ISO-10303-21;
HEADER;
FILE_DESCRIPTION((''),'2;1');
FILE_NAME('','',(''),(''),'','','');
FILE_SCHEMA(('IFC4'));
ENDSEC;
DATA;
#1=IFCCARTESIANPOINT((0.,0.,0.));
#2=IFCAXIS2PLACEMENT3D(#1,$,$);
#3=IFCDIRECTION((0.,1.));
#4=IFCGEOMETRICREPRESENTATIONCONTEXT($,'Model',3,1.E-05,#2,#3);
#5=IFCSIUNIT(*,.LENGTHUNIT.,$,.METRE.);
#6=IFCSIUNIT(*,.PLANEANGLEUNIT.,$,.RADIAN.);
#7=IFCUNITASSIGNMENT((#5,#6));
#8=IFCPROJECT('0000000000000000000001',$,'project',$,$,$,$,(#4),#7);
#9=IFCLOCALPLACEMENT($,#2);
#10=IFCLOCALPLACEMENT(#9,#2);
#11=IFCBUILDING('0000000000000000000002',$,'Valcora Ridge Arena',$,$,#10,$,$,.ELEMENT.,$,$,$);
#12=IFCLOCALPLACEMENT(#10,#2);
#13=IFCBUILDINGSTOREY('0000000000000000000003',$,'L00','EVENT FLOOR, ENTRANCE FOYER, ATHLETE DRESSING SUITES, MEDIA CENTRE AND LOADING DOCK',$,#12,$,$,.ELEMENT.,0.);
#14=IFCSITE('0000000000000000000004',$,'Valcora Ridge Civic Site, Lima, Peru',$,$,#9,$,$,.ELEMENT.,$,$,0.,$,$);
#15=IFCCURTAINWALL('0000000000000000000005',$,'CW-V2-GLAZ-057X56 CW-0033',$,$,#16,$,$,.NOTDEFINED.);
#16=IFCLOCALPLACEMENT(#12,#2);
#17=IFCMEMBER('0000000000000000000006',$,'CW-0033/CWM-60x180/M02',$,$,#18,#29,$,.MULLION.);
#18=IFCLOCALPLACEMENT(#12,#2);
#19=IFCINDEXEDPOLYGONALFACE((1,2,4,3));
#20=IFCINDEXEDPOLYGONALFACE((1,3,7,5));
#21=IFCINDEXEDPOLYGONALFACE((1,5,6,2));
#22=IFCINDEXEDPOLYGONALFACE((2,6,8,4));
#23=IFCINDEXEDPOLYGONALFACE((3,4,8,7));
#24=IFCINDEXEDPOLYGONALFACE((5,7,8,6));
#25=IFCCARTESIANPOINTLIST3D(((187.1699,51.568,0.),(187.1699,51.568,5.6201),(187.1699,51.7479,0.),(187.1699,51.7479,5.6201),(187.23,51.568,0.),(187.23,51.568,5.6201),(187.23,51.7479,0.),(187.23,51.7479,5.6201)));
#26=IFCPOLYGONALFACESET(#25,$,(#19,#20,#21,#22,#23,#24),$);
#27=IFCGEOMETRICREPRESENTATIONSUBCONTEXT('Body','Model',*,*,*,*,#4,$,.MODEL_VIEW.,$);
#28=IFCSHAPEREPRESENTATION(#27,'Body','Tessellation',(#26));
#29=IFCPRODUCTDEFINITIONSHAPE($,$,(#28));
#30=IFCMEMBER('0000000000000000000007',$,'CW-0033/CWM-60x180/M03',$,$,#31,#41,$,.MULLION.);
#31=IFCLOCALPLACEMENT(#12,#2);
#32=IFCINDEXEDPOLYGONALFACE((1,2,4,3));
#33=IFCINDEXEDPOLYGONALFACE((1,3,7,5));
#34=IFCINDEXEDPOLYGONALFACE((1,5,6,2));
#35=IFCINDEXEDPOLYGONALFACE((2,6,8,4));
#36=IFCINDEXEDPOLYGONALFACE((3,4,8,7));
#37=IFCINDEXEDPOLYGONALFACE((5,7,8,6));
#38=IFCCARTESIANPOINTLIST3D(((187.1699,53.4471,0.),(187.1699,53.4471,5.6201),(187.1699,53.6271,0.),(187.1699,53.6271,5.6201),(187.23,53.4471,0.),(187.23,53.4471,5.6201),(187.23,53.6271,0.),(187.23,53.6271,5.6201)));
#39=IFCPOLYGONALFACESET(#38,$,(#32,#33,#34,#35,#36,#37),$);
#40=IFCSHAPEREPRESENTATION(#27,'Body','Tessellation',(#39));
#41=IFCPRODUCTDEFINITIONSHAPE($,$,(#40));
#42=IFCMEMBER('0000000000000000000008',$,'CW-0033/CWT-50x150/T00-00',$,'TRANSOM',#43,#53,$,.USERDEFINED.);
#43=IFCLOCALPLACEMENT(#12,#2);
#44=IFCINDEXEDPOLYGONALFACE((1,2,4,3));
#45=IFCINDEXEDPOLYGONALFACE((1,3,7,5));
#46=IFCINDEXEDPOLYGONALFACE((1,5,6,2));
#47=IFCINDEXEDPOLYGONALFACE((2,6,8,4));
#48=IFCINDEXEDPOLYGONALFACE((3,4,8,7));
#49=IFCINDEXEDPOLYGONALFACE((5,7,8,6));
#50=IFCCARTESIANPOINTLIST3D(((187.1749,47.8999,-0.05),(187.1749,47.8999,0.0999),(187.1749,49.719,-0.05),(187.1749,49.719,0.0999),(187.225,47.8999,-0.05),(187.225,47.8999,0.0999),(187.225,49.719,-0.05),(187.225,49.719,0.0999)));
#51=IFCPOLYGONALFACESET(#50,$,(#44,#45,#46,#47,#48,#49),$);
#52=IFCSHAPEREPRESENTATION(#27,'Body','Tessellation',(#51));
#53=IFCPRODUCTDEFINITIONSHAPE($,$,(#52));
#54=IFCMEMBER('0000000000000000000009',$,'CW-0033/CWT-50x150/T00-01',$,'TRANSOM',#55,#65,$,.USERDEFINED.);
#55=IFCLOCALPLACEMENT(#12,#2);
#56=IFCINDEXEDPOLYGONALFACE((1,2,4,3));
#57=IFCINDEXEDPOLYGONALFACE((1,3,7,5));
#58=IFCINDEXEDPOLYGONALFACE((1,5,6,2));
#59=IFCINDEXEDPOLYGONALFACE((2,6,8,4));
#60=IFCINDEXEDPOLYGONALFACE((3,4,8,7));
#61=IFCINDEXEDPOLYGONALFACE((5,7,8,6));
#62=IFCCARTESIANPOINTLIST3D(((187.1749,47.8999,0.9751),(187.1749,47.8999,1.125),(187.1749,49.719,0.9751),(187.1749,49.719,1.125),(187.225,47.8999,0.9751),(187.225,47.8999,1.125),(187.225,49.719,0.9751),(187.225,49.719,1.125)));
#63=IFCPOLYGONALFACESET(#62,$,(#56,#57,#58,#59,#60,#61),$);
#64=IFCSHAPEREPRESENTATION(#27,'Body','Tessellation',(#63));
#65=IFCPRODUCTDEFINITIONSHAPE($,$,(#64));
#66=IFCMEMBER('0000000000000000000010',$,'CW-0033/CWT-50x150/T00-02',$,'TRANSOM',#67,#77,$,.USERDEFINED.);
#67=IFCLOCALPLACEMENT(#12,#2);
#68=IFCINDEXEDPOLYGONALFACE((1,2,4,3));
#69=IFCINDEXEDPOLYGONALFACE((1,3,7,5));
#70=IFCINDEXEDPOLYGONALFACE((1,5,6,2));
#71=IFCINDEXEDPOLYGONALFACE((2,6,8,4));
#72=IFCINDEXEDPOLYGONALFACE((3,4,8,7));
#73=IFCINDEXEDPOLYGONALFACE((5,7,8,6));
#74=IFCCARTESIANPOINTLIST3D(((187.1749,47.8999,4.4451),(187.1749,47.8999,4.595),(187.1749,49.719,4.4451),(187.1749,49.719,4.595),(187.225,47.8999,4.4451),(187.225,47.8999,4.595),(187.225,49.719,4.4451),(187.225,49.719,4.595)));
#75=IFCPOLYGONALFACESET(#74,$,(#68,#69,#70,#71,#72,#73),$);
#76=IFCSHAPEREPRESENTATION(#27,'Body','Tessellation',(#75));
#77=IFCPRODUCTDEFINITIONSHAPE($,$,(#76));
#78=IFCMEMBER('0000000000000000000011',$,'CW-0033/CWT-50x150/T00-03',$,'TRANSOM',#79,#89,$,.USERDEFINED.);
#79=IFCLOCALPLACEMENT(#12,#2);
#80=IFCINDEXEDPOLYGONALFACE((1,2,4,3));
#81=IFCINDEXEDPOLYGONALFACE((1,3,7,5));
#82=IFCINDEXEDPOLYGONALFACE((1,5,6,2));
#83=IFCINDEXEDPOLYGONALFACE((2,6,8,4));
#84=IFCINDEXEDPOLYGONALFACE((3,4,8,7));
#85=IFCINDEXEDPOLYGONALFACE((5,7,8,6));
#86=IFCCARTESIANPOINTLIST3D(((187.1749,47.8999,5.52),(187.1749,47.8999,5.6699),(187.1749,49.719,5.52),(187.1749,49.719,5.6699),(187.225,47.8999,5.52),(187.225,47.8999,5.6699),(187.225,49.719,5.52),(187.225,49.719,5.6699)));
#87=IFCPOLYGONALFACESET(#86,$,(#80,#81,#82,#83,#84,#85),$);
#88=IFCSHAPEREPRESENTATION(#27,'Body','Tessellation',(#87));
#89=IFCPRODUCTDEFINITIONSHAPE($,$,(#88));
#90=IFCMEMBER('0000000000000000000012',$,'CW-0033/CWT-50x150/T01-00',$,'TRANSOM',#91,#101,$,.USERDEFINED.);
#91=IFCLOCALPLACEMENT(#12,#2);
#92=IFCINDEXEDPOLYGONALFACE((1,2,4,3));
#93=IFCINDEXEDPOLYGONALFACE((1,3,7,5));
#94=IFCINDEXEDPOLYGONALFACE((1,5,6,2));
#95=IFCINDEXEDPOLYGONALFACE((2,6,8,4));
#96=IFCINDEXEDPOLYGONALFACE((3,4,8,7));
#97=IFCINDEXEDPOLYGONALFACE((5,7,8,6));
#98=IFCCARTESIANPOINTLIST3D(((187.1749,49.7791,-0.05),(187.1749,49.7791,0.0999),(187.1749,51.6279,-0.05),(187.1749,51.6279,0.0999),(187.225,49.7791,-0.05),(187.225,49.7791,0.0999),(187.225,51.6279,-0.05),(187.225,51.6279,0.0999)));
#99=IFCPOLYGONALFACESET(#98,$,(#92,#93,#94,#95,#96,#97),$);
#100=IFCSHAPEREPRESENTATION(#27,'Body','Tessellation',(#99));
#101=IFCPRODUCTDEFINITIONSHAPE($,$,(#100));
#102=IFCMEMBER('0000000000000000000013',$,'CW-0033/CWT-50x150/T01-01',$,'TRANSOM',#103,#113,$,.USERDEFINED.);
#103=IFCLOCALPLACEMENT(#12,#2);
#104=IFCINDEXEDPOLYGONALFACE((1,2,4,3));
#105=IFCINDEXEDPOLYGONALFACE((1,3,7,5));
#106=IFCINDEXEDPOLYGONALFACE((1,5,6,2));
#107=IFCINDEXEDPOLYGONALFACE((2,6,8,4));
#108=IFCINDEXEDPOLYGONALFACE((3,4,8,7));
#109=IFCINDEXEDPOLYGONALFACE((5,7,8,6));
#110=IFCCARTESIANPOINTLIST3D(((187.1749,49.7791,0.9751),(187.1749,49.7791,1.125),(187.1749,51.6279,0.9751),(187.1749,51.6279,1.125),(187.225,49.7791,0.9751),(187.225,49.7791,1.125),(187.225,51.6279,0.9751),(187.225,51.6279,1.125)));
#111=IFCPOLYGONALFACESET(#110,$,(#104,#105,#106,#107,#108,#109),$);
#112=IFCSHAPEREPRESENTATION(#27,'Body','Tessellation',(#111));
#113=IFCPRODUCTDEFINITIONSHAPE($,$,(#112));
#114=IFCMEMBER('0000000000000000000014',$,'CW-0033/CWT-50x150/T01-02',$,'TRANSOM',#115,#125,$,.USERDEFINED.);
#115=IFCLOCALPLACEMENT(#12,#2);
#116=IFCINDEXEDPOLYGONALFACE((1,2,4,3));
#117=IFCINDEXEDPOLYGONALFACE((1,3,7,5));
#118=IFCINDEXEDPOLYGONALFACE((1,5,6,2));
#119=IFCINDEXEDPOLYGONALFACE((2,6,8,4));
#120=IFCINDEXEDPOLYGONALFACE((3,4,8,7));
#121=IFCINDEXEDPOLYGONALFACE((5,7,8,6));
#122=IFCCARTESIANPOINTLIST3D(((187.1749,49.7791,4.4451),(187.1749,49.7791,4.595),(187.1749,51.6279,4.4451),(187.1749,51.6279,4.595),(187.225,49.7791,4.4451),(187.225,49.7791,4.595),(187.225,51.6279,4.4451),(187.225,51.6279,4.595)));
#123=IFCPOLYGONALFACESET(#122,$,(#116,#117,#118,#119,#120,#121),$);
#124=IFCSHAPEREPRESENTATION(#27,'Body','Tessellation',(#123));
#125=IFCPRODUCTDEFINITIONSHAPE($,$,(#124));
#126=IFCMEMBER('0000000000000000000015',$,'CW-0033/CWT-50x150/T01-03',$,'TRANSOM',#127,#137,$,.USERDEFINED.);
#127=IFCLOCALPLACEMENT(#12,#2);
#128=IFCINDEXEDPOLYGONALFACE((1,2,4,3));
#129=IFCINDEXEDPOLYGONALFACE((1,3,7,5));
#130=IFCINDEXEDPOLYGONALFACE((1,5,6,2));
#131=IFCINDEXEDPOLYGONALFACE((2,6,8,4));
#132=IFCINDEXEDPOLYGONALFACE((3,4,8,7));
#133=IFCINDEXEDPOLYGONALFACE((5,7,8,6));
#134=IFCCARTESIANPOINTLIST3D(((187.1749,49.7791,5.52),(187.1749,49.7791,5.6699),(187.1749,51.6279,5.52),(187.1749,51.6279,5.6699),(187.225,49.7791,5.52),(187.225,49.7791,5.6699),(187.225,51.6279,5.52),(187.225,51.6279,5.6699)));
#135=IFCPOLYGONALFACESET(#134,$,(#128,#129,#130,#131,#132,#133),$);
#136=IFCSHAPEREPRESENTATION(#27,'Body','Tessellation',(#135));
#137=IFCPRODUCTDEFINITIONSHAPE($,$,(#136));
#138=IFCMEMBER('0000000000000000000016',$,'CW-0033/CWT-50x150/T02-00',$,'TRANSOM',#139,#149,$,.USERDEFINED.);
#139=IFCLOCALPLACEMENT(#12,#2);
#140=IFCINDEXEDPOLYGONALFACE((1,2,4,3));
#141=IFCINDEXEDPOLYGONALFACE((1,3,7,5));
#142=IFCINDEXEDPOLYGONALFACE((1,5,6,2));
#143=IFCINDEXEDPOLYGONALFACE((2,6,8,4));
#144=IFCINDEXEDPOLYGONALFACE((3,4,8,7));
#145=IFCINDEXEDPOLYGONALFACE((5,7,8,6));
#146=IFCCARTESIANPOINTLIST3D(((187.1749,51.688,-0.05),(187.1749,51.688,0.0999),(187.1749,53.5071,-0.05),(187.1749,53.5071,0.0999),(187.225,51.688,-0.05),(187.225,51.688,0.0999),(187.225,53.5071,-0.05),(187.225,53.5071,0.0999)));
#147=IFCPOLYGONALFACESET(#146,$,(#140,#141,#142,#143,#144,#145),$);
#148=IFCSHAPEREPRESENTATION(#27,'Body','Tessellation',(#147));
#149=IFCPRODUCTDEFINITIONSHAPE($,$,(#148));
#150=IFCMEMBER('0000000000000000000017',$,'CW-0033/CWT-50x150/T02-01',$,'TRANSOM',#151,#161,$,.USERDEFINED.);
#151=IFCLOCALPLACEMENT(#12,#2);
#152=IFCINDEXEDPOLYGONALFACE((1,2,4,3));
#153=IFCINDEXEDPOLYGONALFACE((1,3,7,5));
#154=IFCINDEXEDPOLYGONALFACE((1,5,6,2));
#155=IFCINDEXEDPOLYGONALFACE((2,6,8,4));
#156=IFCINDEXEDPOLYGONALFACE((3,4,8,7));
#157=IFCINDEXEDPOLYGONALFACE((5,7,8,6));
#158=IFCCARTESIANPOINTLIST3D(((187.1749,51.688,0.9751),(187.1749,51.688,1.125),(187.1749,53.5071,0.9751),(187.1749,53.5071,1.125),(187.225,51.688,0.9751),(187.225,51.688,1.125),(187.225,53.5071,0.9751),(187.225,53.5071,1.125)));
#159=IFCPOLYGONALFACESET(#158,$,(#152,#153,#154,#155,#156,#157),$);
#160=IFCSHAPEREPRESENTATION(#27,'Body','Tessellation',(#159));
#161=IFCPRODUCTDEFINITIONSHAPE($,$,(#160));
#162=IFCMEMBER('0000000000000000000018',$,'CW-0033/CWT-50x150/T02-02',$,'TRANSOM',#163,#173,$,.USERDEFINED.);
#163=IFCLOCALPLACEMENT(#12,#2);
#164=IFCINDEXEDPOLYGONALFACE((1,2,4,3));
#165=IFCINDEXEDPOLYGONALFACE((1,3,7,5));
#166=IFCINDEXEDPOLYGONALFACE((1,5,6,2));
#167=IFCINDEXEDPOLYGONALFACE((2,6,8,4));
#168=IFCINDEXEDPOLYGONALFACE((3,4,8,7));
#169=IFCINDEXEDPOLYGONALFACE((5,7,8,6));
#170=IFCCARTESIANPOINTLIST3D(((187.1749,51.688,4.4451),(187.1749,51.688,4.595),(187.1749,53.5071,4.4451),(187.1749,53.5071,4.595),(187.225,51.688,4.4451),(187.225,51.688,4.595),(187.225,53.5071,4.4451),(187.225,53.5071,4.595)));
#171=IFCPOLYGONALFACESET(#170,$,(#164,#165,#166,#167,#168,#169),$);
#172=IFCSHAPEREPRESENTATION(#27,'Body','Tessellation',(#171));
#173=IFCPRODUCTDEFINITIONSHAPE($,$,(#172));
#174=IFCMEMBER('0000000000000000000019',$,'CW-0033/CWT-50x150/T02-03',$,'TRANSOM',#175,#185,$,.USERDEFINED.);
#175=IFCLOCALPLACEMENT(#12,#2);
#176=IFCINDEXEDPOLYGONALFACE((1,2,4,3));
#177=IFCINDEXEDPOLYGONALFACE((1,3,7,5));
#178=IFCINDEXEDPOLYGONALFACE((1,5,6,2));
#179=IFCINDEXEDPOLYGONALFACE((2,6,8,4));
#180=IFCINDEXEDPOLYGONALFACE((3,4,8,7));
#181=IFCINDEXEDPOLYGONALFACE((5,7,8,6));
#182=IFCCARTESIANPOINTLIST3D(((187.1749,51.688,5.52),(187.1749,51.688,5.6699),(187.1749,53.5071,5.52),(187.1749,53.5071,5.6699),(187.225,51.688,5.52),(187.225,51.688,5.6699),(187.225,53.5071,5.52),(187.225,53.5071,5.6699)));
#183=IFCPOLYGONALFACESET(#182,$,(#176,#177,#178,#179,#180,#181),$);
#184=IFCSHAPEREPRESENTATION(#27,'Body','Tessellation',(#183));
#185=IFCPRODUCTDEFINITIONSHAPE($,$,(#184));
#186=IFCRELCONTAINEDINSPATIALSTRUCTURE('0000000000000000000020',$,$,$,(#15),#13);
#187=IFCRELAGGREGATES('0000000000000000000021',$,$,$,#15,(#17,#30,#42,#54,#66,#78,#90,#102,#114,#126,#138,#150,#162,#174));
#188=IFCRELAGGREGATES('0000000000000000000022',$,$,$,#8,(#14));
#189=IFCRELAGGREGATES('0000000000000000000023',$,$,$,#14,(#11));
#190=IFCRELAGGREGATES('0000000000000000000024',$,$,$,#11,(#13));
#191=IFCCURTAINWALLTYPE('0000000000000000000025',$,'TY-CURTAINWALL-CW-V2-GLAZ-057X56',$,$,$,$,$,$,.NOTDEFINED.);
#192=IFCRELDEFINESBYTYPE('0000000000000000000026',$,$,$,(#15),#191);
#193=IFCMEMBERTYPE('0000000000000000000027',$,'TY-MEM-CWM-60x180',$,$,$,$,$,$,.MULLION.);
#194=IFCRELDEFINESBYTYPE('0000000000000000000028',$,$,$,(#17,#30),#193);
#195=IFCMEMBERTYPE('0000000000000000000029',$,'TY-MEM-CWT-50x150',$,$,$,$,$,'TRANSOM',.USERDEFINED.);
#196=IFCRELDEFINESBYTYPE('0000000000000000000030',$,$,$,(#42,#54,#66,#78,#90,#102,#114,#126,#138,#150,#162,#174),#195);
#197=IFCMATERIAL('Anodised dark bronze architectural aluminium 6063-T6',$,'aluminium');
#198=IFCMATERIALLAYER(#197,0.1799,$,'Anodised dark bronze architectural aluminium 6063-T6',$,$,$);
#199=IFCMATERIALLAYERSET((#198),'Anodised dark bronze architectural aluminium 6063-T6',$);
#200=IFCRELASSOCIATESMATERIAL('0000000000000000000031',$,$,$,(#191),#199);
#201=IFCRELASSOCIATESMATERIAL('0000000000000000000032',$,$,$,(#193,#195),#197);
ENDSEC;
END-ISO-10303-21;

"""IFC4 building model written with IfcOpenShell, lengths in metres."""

from ifc_helpers import new_model, si_unit, direction, frame, origin, origin_2d, place, context, subcontext, project, spatial, rectangle, extrude, material, layer, layer_set, material_profile, profile_set, type_object, element, aggregate, save


model = new_model("IFC4")

# Units and contexts
model_context = context("Model", 3, precision=1e-05, world=origin(), true_north=direction((0.0, 1.0)))
body_context = subcontext(model_context, "Body", "Model", "MODEL_VIEW")
ifc_project = project(units=[si_unit("LENGTHUNIT", "METRE"), si_unit("PLANEANGLEUNIT", "RADIAN")], contexts=[model_context])

# Site, building, storey
site_placement = place(None, origin())
site = spatial("IfcSite", under=ifc_project, at=site_placement, Name="Valcora Ridge Civic Site, Lima, Peru", CompositionType="ELEMENT", RefElevation=0.0)
building_placement = place(site_placement, origin())
building = spatial("IfcBuilding", under=site, at=building_placement, Name="Valcora Ridge Arena", CompositionType="ELEMENT")
storey_placement = place(building_placement, origin())
storey = spatial("IfcBuildingStorey", under=building, at=storey_placement, Name="L00", Description="EVENT FLOOR, ENTRANCE FOYER, ATHLETE DRESSING SUITES, MEDIA CENTRE AND LOADING DOCK", CompositionType="ELEMENT", Elevation=0.0)

# Shared definitions
ifc_material_1 = material(Name="Anodised dark bronze architectural aluminium 6063-T6", Category="aluminium")
ifc_layer_1 = layer(ifc_material_1, 0.1799, Name="Anodised dark bronze architectural aluminium 6063-T6")
ifc_layer_set_1 = layer_set([ifc_layer_1], Name="Anodised dark bronze architectural aluminium 6063-T6")
curtain_wall_type = type_object("IfcCurtainWallType", Name="TY-CURTAINWALL-CW-V2-GLAZ-057X56", PredefinedType="NOTDEFINED", material=ifc_layer_set_1)
ifc_material_profile_1 = material_profile(ifc_material_1, rectangle(XDim=0.0601, YDim=0.1799, at=origin_2d()), Name="ALU MULLION 60x180")
ifc_profile_set_1 = profile_set([ifc_material_profile_1], Name="Anodised dark bronze architectural aluminium 6063-T6")
member_type_1 = type_object("IfcMemberType", Name="TY-MEM-CWM-60x180", PredefinedType="MULLION", material=ifc_profile_set_1)

# Curtain wall, members
curtain_wall_1_placement = place(storey_placement, origin())
curtain_wall_1 = element("IfcCurtainWall", 1, at=curtain_wall_1_placement, inside=storey, type_object=curtain_wall_type, Name="CW-V2-GLAZ-057X56 CW-0033", PredefinedType="NOTDEFINED")
member_1_placement = place(storey_placement, frame((187.2, 51.658, 0.0), z_axis=(0.0, 0.0, 1.0), x_axis=(-1.0, 0.0, 0.0)))
member_1 = element("IfcMember", 2, at=member_1_placement, type_object=member_type_1, Name="CW-0033/CWM-60x180/M02", PredefinedType="MULLION", context=body_context, shape_type="SweptSolid", body=[
    extrude(rectangle(XDim=0.0601, YDim=0.1799, at=origin_2d()), origin(), (0.0, 0.0, 1.0), 5.6201),
])
member_2_placement = place(storey_placement, frame((187.2, 53.5371, 0.0), z_axis=(0.0, 0.0, 1.0), x_axis=(-1.0, 0.0, 0.0)))
member_2 = element("IfcMember", 3, at=member_2_placement, type_object=member_type_1, Name="CW-0033/CWM-60x180/M03", PredefinedType="MULLION", context=body_context, shape_type="SweptSolid", body=[
    extrude(rectangle(XDim=0.0601, YDim=0.1799, at=origin_2d()), origin(), (0.0, 0.0, 1.0), 5.6201),
])
ifc_material_profile_2 = material_profile(ifc_material_1, rectangle(XDim=0.05, YDim=0.1499, at=origin_2d()), Name="ALU TRANSOM 50x150")
ifc_profile_set_2 = profile_set([ifc_material_profile_2], Name="Anodised dark bronze architectural aluminium 6063-T6")
member_type_2 = type_object("IfcMemberType", Name="TY-MEM-CWT-50x150", ElementType="TRANSOM", PredefinedType="USERDEFINED", material=ifc_profile_set_2)
member_3_placement = place(storey_placement, frame((187.2, 47.8999, 0.0249), z_axis=(0.0, 1.0, 0.0), x_axis=(-1.0, 0.0, 0.0)))
member_3 = element("IfcMember", 4, at=member_3_placement, type_object=member_type_2, Name="CW-0033/CWT-50x150/T00-00", ObjectType="TRANSOM", PredefinedType="USERDEFINED", context=body_context, shape_type="SweptSolid", body=[
    extrude(rectangle(XDim=0.05, YDim=0.1499, at=origin_2d()), origin(), (0.0, 0.0, 1.0), 1.8191),
])
member_4_placement = place(storey_placement, frame((187.2, 47.8999, 1.05), z_axis=(0.0, 1.0, 0.0), x_axis=(-1.0, 0.0, 0.0)))
member_4 = element("IfcMember", 5, at=member_4_placement, type_object=member_type_2, Name="CW-0033/CWT-50x150/T00-01", ObjectType="TRANSOM", PredefinedType="USERDEFINED", context=body_context, shape_type="SweptSolid", body=[
    extrude(rectangle(XDim=0.05, YDim=0.1499, at=origin_2d()), origin(), (0.0, 0.0, 1.0), 1.8191),
])
member_5_placement = place(storey_placement, frame((187.2, 47.8999, 4.52), z_axis=(0.0, 1.0, 0.0), x_axis=(-1.0, 0.0, 0.0)))
member_5 = element("IfcMember", 6, at=member_5_placement, type_object=member_type_2, Name="CW-0033/CWT-50x150/T00-02", ObjectType="TRANSOM", PredefinedType="USERDEFINED", context=body_context, shape_type="SweptSolid", body=[
    extrude(rectangle(XDim=0.05, YDim=0.1499, at=origin_2d()), origin(), (0.0, 0.0, 1.0), 1.8191),
])
member_6_placement = place(storey_placement, frame((187.2, 47.8999, 5.595), z_axis=(0.0, 1.0, 0.0), x_axis=(-1.0, 0.0, 0.0)))
member_6 = element("IfcMember", 7, at=member_6_placement, type_object=member_type_2, Name="CW-0033/CWT-50x150/T00-03", ObjectType="TRANSOM", PredefinedType="USERDEFINED", context=body_context, shape_type="SweptSolid", body=[
    extrude(rectangle(XDim=0.05, YDim=0.1499, at=origin_2d()), origin(), (0.0, 0.0, 1.0), 1.8191),
])
member_7_placement = place(storey_placement, frame((187.2, 49.7791, 0.0249), z_axis=(0.0, 1.0, 0.0), x_axis=(-1.0, 0.0, 0.0)))
member_7 = element("IfcMember", 8, at=member_7_placement, type_object=member_type_2, Name="CW-0033/CWT-50x150/T01-00", ObjectType="TRANSOM", PredefinedType="USERDEFINED", context=body_context, shape_type="SweptSolid", body=[
    extrude(rectangle(XDim=0.05, YDim=0.1499, at=origin_2d()), origin(), (0.0, 0.0, 1.0), 1.8489),
])
member_8_placement = place(storey_placement, frame((187.2, 49.7791, 1.05), z_axis=(0.0, 1.0, 0.0), x_axis=(-1.0, 0.0, 0.0)))
member_8 = element("IfcMember", 9, at=member_8_placement, type_object=member_type_2, Name="CW-0033/CWT-50x150/T01-01", ObjectType="TRANSOM", PredefinedType="USERDEFINED", context=body_context, shape_type="SweptSolid", body=[
    extrude(rectangle(XDim=0.05, YDim=0.1499, at=origin_2d()), origin(), (0.0, 0.0, 1.0), 1.8489),
])
member_9_placement = place(storey_placement, frame((187.2, 49.7791, 4.52), z_axis=(0.0, 1.0, 0.0), x_axis=(-1.0, 0.0, 0.0)))
member_9 = element("IfcMember", 10, at=member_9_placement, type_object=member_type_2, Name="CW-0033/CWT-50x150/T01-02", ObjectType="TRANSOM", PredefinedType="USERDEFINED", context=body_context, shape_type="SweptSolid", body=[
    extrude(rectangle(XDim=0.05, YDim=0.1499, at=origin_2d()), origin(), (0.0, 0.0, 1.0), 1.8489),
])
member_10_placement = place(storey_placement, frame((187.2, 49.7791, 5.595), z_axis=(0.0, 1.0, 0.0), x_axis=(-1.0, 0.0, 0.0)))
member_10 = element("IfcMember", 11, at=member_10_placement, type_object=member_type_2, Name="CW-0033/CWT-50x150/T01-03", ObjectType="TRANSOM", PredefinedType="USERDEFINED", context=body_context, shape_type="SweptSolid", body=[
    extrude(rectangle(XDim=0.05, YDim=0.1499, at=origin_2d()), origin(), (0.0, 0.0, 1.0), 1.8489),
])
member_11_placement = place(storey_placement, frame((187.2, 51.688, 0.0249), z_axis=(0.0, 1.0, 0.0), x_axis=(-1.0, 0.0, 0.0)))
member_11 = element("IfcMember", 12, at=member_11_placement, type_object=member_type_2, Name="CW-0033/CWT-50x150/T02-00", ObjectType="TRANSOM", PredefinedType="USERDEFINED", context=body_context, shape_type="SweptSolid", body=[
    extrude(rectangle(XDim=0.05, YDim=0.1499, at=origin_2d()), origin(), (0.0, 0.0, 1.0), 1.8191),
])
member_12_placement = place(storey_placement, frame((187.2, 51.688, 1.05), z_axis=(0.0, 1.0, 0.0), x_axis=(-1.0, 0.0, 0.0)))
member_12 = element("IfcMember", 13, at=member_12_placement, type_object=member_type_2, Name="CW-0033/CWT-50x150/T02-01", ObjectType="TRANSOM", PredefinedType="USERDEFINED", context=body_context, shape_type="SweptSolid", body=[
    extrude(rectangle(XDim=0.05, YDim=0.1499, at=origin_2d()), origin(), (0.0, 0.0, 1.0), 1.8191),
])
member_13_placement = place(storey_placement, frame((187.2, 51.688, 4.52), z_axis=(0.0, 1.0, 0.0), x_axis=(-1.0, 0.0, 0.0)))
member_13 = element("IfcMember", 14, at=member_13_placement, type_object=member_type_2, Name="CW-0033/CWT-50x150/T02-02", ObjectType="TRANSOM", PredefinedType="USERDEFINED", context=body_context, shape_type="SweptSolid", body=[
    extrude(rectangle(XDim=0.05, YDim=0.1499, at=origin_2d()), origin(), (0.0, 0.0, 1.0), 1.8191),
])
member_14_placement = place(storey_placement, frame((187.2, 51.688, 5.595), z_axis=(0.0, 1.0, 0.0), x_axis=(-1.0, 0.0, 0.0)))
member_14 = element("IfcMember", 15, at=member_14_placement, type_object=member_type_2, Name="CW-0033/CWT-50x150/T02-03", ObjectType="TRANSOM", PredefinedType="USERDEFINED", context=body_context, shape_type="SweptSolid", body=[
    extrude(rectangle(XDim=0.05, YDim=0.1499, at=origin_2d()), origin(), (0.0, 0.0, 1.0), 1.8191),
])

aggregate(curtain_wall_1, [member_1, member_2, member_3, member_4, member_5, member_6, member_7, member_8, member_9, member_10, member_11, member_12, member_13, member_14])

save(model, "model.ifc")
